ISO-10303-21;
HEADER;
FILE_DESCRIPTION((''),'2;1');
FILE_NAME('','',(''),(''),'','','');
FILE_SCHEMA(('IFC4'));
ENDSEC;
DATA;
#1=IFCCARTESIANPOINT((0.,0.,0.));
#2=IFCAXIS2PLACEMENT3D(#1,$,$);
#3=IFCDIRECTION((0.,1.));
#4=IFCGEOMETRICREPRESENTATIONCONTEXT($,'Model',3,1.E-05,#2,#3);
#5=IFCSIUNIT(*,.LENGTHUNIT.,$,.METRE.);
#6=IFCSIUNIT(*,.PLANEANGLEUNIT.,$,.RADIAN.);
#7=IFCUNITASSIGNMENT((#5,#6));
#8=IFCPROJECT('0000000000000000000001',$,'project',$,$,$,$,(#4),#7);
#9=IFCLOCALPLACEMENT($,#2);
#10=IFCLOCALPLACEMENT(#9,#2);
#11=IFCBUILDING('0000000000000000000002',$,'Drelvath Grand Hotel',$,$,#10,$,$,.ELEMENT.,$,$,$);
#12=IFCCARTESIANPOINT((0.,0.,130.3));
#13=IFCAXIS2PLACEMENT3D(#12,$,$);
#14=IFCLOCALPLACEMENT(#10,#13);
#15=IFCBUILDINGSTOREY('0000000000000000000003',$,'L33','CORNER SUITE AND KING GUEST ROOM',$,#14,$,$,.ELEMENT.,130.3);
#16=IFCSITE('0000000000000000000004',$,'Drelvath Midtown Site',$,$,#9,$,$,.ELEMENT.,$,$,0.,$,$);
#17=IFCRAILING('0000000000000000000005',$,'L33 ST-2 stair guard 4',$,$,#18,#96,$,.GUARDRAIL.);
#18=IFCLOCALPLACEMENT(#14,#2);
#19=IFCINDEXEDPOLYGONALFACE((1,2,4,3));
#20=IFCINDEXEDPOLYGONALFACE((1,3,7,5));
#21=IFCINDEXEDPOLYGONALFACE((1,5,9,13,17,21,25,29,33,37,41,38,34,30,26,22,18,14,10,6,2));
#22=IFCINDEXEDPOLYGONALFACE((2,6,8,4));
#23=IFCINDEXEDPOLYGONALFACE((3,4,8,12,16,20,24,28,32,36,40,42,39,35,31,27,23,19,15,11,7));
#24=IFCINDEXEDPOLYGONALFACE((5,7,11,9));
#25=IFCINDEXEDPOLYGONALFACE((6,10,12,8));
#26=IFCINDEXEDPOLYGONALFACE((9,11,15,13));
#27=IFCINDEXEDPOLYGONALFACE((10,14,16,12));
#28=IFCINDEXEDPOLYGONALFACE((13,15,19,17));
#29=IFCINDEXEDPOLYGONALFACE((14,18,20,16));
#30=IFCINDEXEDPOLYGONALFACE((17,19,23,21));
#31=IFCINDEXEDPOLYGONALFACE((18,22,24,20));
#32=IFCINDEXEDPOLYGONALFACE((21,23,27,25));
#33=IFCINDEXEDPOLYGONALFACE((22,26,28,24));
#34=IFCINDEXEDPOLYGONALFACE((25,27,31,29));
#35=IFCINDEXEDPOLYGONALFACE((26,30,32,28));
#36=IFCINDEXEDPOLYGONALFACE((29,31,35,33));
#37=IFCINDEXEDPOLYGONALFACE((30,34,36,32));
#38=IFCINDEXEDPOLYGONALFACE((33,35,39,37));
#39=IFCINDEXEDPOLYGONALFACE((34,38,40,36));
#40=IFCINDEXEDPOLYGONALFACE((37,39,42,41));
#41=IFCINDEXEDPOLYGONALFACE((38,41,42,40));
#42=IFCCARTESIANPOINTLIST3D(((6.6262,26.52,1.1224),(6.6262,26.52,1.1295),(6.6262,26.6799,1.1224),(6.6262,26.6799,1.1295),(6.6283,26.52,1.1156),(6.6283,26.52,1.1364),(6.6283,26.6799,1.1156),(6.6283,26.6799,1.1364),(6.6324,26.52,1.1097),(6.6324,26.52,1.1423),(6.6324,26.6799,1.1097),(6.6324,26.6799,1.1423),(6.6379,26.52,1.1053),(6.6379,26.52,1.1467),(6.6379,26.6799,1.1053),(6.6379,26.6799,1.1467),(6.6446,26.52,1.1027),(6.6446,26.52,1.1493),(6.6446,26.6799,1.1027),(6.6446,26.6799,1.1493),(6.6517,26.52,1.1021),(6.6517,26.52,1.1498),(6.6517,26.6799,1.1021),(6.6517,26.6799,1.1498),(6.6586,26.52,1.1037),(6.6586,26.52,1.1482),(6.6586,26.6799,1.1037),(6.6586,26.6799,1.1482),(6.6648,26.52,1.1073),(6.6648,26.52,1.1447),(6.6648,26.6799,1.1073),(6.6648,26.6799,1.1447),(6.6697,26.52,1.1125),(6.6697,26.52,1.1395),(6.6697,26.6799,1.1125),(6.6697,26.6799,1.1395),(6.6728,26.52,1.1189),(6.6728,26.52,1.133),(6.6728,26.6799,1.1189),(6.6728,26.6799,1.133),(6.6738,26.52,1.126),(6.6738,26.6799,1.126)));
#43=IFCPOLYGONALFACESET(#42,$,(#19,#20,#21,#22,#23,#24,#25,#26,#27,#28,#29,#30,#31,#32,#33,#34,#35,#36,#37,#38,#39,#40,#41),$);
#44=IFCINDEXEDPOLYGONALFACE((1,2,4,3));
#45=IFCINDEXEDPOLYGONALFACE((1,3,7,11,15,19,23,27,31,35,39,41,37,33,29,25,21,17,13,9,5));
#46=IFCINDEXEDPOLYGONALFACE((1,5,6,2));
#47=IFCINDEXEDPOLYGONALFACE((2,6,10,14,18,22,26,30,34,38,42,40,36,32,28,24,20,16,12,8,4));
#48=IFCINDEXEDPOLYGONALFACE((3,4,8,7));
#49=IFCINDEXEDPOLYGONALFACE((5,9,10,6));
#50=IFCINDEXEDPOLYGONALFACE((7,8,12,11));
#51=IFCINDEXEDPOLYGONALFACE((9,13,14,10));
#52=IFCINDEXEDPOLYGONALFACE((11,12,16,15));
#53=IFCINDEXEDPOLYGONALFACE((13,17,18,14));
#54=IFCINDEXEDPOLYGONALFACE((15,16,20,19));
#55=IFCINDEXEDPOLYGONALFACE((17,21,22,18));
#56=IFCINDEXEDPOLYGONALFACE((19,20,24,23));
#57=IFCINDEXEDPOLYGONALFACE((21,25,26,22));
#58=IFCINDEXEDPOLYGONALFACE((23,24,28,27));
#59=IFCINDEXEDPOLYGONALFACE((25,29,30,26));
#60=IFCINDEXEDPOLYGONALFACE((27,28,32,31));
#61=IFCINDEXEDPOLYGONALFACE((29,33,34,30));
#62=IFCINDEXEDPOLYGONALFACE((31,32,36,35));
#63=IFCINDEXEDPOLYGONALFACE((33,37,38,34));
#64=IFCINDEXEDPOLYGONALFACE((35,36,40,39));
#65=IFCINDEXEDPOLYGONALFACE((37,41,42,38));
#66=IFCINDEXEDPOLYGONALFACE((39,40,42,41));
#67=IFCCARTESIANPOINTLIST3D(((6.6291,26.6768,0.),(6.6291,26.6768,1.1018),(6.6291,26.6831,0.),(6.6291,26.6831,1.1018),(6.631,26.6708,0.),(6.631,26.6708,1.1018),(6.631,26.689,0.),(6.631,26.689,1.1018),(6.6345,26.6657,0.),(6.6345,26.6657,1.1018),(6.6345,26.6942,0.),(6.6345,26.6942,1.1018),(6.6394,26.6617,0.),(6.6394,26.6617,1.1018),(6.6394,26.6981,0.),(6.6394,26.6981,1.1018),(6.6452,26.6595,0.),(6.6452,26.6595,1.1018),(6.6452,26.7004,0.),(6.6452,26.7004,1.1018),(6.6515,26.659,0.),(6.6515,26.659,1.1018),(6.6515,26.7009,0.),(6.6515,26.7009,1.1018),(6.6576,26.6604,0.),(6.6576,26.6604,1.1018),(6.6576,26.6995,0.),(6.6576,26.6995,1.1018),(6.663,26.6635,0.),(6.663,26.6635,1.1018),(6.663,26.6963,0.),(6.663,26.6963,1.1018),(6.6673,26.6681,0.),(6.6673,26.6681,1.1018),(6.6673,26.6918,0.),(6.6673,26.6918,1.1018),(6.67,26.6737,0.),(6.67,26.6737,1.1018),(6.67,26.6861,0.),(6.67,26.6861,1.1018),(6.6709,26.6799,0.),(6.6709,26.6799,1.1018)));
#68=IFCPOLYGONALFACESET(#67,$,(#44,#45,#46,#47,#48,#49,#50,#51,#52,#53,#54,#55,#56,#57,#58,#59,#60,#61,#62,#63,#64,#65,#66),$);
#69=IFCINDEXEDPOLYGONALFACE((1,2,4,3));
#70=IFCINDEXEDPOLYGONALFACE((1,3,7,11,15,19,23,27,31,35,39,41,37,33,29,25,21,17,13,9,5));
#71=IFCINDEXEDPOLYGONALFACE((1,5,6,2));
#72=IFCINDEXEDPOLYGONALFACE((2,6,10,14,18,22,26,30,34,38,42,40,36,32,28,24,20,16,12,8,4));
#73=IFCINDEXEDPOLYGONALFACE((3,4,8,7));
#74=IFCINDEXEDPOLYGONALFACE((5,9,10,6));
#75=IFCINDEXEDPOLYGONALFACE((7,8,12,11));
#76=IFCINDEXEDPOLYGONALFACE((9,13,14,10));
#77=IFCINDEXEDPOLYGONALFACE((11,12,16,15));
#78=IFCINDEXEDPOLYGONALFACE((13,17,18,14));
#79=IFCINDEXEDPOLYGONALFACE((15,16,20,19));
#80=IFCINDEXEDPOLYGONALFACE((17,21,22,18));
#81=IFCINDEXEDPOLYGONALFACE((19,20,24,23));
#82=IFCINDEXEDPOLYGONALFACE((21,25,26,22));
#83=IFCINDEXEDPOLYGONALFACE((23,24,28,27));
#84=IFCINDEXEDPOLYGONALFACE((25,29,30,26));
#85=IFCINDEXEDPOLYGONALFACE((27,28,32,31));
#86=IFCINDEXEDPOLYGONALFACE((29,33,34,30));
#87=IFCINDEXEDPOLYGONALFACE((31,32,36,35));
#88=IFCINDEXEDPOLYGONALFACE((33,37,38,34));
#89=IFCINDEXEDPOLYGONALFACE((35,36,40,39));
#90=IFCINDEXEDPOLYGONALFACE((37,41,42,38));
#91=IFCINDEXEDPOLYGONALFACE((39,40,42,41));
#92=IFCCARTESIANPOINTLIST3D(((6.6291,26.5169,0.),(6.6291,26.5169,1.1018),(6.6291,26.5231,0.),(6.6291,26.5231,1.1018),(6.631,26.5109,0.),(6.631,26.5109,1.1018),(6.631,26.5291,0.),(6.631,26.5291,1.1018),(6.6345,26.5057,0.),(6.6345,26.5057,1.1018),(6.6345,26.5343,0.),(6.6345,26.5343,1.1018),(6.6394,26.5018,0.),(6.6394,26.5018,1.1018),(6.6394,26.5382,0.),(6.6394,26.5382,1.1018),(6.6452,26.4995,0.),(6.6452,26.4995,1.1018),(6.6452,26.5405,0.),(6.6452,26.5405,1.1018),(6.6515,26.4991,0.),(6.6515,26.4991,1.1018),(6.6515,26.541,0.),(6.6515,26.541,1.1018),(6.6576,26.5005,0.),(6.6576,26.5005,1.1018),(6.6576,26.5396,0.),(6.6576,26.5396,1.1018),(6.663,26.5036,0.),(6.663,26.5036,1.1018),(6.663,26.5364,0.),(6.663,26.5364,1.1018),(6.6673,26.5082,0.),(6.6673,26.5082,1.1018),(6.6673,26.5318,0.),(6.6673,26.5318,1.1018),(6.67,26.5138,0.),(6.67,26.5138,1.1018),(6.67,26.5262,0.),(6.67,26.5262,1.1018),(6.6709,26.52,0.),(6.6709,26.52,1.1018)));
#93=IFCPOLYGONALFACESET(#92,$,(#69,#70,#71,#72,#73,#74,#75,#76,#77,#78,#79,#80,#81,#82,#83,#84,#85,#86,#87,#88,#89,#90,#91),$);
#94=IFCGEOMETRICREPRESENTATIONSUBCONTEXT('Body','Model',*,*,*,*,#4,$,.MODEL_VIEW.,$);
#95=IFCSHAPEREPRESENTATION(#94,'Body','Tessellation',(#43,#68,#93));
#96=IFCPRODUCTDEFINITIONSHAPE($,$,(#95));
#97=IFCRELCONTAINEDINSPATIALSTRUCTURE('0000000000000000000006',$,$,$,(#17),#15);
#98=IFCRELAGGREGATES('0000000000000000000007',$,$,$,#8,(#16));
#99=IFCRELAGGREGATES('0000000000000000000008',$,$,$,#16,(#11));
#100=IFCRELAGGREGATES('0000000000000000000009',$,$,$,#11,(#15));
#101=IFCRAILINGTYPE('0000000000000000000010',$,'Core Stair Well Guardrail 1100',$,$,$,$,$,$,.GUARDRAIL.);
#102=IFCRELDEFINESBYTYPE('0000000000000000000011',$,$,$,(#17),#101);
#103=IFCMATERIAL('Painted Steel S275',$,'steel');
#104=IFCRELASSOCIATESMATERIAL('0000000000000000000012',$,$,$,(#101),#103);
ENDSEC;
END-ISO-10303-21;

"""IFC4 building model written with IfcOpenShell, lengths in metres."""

from ifc_helpers import new_model, si_unit, direction, frame, origin, origin_2d, place, context, subcontext, project, spatial, circle, extrude, material, type_object, element, save


model = new_model("IFC4")

# Units and contexts
model_context = context("Model", 3, precision=1e-05, world=origin(), true_north=direction((0.0, 1.0)))
body_context = subcontext(model_context, "Body", "Model", "MODEL_VIEW")
ifc_project = project(units=[si_unit("LENGTHUNIT", "METRE"), si_unit("PLANEANGLEUNIT", "RADIAN")], contexts=[model_context])

# Site, building, storey
site_placement = place(None, origin())
site = spatial("IfcSite", under=ifc_project, at=site_placement, Name="Drelvath Midtown Site", CompositionType="ELEMENT", RefElevation=0.0)
building_placement = place(site_placement, origin())
building = spatial("IfcBuilding", under=site, at=building_placement, Name="Drelvath Grand Hotel", CompositionType="ELEMENT")
storey_placement = place(building_placement, frame((0.0, 0.0, 130.3)))
storey = spatial("IfcBuildingStorey", under=building, at=storey_placement, Name="L33", Description="CORNER SUITE AND KING GUEST ROOM", CompositionType="ELEMENT", Elevation=130.3)

# Railing
ifc_material_1 = material(Name="Painted Steel S275", Category="steel")
railing_type_1 = type_object("IfcRailingType", Name="Core Stair Well Guardrail 1100", PredefinedType="GUARDRAIL", material=ifc_material_1)
railing_1_placement = place(storey_placement, frame((6.6499, 26.6799, 0.0)))
element("IfcRailing", 1, at=railing_1_placement, inside=storey, type_object=railing_type_1, Name="L33 ST-2 stair guard 4", PredefinedType="GUARDRAIL", context=body_context, shape_type="SweptSolid", body=[
    extrude(circle(Radius=0.0239, at=origin_2d()), frame((0.0, 0.0, 1.126), z_axis=(0.0, -1.0, 0.0), x_axis=(1.0, 0.0, 0.0)), (0.0, 0.0, 1.0), 0.1599),
    extrude(circle(Radius=0.021, at=origin_2d()), origin(), (0.0, 0.0, 1.0), 1.1018),
    extrude(circle(Radius=0.021, at=origin_2d()), frame((0.0, -0.1599, 0.0)), (0.0, 0.0, 1.0), 1.1018),
])

save(model, "model.ifc")
